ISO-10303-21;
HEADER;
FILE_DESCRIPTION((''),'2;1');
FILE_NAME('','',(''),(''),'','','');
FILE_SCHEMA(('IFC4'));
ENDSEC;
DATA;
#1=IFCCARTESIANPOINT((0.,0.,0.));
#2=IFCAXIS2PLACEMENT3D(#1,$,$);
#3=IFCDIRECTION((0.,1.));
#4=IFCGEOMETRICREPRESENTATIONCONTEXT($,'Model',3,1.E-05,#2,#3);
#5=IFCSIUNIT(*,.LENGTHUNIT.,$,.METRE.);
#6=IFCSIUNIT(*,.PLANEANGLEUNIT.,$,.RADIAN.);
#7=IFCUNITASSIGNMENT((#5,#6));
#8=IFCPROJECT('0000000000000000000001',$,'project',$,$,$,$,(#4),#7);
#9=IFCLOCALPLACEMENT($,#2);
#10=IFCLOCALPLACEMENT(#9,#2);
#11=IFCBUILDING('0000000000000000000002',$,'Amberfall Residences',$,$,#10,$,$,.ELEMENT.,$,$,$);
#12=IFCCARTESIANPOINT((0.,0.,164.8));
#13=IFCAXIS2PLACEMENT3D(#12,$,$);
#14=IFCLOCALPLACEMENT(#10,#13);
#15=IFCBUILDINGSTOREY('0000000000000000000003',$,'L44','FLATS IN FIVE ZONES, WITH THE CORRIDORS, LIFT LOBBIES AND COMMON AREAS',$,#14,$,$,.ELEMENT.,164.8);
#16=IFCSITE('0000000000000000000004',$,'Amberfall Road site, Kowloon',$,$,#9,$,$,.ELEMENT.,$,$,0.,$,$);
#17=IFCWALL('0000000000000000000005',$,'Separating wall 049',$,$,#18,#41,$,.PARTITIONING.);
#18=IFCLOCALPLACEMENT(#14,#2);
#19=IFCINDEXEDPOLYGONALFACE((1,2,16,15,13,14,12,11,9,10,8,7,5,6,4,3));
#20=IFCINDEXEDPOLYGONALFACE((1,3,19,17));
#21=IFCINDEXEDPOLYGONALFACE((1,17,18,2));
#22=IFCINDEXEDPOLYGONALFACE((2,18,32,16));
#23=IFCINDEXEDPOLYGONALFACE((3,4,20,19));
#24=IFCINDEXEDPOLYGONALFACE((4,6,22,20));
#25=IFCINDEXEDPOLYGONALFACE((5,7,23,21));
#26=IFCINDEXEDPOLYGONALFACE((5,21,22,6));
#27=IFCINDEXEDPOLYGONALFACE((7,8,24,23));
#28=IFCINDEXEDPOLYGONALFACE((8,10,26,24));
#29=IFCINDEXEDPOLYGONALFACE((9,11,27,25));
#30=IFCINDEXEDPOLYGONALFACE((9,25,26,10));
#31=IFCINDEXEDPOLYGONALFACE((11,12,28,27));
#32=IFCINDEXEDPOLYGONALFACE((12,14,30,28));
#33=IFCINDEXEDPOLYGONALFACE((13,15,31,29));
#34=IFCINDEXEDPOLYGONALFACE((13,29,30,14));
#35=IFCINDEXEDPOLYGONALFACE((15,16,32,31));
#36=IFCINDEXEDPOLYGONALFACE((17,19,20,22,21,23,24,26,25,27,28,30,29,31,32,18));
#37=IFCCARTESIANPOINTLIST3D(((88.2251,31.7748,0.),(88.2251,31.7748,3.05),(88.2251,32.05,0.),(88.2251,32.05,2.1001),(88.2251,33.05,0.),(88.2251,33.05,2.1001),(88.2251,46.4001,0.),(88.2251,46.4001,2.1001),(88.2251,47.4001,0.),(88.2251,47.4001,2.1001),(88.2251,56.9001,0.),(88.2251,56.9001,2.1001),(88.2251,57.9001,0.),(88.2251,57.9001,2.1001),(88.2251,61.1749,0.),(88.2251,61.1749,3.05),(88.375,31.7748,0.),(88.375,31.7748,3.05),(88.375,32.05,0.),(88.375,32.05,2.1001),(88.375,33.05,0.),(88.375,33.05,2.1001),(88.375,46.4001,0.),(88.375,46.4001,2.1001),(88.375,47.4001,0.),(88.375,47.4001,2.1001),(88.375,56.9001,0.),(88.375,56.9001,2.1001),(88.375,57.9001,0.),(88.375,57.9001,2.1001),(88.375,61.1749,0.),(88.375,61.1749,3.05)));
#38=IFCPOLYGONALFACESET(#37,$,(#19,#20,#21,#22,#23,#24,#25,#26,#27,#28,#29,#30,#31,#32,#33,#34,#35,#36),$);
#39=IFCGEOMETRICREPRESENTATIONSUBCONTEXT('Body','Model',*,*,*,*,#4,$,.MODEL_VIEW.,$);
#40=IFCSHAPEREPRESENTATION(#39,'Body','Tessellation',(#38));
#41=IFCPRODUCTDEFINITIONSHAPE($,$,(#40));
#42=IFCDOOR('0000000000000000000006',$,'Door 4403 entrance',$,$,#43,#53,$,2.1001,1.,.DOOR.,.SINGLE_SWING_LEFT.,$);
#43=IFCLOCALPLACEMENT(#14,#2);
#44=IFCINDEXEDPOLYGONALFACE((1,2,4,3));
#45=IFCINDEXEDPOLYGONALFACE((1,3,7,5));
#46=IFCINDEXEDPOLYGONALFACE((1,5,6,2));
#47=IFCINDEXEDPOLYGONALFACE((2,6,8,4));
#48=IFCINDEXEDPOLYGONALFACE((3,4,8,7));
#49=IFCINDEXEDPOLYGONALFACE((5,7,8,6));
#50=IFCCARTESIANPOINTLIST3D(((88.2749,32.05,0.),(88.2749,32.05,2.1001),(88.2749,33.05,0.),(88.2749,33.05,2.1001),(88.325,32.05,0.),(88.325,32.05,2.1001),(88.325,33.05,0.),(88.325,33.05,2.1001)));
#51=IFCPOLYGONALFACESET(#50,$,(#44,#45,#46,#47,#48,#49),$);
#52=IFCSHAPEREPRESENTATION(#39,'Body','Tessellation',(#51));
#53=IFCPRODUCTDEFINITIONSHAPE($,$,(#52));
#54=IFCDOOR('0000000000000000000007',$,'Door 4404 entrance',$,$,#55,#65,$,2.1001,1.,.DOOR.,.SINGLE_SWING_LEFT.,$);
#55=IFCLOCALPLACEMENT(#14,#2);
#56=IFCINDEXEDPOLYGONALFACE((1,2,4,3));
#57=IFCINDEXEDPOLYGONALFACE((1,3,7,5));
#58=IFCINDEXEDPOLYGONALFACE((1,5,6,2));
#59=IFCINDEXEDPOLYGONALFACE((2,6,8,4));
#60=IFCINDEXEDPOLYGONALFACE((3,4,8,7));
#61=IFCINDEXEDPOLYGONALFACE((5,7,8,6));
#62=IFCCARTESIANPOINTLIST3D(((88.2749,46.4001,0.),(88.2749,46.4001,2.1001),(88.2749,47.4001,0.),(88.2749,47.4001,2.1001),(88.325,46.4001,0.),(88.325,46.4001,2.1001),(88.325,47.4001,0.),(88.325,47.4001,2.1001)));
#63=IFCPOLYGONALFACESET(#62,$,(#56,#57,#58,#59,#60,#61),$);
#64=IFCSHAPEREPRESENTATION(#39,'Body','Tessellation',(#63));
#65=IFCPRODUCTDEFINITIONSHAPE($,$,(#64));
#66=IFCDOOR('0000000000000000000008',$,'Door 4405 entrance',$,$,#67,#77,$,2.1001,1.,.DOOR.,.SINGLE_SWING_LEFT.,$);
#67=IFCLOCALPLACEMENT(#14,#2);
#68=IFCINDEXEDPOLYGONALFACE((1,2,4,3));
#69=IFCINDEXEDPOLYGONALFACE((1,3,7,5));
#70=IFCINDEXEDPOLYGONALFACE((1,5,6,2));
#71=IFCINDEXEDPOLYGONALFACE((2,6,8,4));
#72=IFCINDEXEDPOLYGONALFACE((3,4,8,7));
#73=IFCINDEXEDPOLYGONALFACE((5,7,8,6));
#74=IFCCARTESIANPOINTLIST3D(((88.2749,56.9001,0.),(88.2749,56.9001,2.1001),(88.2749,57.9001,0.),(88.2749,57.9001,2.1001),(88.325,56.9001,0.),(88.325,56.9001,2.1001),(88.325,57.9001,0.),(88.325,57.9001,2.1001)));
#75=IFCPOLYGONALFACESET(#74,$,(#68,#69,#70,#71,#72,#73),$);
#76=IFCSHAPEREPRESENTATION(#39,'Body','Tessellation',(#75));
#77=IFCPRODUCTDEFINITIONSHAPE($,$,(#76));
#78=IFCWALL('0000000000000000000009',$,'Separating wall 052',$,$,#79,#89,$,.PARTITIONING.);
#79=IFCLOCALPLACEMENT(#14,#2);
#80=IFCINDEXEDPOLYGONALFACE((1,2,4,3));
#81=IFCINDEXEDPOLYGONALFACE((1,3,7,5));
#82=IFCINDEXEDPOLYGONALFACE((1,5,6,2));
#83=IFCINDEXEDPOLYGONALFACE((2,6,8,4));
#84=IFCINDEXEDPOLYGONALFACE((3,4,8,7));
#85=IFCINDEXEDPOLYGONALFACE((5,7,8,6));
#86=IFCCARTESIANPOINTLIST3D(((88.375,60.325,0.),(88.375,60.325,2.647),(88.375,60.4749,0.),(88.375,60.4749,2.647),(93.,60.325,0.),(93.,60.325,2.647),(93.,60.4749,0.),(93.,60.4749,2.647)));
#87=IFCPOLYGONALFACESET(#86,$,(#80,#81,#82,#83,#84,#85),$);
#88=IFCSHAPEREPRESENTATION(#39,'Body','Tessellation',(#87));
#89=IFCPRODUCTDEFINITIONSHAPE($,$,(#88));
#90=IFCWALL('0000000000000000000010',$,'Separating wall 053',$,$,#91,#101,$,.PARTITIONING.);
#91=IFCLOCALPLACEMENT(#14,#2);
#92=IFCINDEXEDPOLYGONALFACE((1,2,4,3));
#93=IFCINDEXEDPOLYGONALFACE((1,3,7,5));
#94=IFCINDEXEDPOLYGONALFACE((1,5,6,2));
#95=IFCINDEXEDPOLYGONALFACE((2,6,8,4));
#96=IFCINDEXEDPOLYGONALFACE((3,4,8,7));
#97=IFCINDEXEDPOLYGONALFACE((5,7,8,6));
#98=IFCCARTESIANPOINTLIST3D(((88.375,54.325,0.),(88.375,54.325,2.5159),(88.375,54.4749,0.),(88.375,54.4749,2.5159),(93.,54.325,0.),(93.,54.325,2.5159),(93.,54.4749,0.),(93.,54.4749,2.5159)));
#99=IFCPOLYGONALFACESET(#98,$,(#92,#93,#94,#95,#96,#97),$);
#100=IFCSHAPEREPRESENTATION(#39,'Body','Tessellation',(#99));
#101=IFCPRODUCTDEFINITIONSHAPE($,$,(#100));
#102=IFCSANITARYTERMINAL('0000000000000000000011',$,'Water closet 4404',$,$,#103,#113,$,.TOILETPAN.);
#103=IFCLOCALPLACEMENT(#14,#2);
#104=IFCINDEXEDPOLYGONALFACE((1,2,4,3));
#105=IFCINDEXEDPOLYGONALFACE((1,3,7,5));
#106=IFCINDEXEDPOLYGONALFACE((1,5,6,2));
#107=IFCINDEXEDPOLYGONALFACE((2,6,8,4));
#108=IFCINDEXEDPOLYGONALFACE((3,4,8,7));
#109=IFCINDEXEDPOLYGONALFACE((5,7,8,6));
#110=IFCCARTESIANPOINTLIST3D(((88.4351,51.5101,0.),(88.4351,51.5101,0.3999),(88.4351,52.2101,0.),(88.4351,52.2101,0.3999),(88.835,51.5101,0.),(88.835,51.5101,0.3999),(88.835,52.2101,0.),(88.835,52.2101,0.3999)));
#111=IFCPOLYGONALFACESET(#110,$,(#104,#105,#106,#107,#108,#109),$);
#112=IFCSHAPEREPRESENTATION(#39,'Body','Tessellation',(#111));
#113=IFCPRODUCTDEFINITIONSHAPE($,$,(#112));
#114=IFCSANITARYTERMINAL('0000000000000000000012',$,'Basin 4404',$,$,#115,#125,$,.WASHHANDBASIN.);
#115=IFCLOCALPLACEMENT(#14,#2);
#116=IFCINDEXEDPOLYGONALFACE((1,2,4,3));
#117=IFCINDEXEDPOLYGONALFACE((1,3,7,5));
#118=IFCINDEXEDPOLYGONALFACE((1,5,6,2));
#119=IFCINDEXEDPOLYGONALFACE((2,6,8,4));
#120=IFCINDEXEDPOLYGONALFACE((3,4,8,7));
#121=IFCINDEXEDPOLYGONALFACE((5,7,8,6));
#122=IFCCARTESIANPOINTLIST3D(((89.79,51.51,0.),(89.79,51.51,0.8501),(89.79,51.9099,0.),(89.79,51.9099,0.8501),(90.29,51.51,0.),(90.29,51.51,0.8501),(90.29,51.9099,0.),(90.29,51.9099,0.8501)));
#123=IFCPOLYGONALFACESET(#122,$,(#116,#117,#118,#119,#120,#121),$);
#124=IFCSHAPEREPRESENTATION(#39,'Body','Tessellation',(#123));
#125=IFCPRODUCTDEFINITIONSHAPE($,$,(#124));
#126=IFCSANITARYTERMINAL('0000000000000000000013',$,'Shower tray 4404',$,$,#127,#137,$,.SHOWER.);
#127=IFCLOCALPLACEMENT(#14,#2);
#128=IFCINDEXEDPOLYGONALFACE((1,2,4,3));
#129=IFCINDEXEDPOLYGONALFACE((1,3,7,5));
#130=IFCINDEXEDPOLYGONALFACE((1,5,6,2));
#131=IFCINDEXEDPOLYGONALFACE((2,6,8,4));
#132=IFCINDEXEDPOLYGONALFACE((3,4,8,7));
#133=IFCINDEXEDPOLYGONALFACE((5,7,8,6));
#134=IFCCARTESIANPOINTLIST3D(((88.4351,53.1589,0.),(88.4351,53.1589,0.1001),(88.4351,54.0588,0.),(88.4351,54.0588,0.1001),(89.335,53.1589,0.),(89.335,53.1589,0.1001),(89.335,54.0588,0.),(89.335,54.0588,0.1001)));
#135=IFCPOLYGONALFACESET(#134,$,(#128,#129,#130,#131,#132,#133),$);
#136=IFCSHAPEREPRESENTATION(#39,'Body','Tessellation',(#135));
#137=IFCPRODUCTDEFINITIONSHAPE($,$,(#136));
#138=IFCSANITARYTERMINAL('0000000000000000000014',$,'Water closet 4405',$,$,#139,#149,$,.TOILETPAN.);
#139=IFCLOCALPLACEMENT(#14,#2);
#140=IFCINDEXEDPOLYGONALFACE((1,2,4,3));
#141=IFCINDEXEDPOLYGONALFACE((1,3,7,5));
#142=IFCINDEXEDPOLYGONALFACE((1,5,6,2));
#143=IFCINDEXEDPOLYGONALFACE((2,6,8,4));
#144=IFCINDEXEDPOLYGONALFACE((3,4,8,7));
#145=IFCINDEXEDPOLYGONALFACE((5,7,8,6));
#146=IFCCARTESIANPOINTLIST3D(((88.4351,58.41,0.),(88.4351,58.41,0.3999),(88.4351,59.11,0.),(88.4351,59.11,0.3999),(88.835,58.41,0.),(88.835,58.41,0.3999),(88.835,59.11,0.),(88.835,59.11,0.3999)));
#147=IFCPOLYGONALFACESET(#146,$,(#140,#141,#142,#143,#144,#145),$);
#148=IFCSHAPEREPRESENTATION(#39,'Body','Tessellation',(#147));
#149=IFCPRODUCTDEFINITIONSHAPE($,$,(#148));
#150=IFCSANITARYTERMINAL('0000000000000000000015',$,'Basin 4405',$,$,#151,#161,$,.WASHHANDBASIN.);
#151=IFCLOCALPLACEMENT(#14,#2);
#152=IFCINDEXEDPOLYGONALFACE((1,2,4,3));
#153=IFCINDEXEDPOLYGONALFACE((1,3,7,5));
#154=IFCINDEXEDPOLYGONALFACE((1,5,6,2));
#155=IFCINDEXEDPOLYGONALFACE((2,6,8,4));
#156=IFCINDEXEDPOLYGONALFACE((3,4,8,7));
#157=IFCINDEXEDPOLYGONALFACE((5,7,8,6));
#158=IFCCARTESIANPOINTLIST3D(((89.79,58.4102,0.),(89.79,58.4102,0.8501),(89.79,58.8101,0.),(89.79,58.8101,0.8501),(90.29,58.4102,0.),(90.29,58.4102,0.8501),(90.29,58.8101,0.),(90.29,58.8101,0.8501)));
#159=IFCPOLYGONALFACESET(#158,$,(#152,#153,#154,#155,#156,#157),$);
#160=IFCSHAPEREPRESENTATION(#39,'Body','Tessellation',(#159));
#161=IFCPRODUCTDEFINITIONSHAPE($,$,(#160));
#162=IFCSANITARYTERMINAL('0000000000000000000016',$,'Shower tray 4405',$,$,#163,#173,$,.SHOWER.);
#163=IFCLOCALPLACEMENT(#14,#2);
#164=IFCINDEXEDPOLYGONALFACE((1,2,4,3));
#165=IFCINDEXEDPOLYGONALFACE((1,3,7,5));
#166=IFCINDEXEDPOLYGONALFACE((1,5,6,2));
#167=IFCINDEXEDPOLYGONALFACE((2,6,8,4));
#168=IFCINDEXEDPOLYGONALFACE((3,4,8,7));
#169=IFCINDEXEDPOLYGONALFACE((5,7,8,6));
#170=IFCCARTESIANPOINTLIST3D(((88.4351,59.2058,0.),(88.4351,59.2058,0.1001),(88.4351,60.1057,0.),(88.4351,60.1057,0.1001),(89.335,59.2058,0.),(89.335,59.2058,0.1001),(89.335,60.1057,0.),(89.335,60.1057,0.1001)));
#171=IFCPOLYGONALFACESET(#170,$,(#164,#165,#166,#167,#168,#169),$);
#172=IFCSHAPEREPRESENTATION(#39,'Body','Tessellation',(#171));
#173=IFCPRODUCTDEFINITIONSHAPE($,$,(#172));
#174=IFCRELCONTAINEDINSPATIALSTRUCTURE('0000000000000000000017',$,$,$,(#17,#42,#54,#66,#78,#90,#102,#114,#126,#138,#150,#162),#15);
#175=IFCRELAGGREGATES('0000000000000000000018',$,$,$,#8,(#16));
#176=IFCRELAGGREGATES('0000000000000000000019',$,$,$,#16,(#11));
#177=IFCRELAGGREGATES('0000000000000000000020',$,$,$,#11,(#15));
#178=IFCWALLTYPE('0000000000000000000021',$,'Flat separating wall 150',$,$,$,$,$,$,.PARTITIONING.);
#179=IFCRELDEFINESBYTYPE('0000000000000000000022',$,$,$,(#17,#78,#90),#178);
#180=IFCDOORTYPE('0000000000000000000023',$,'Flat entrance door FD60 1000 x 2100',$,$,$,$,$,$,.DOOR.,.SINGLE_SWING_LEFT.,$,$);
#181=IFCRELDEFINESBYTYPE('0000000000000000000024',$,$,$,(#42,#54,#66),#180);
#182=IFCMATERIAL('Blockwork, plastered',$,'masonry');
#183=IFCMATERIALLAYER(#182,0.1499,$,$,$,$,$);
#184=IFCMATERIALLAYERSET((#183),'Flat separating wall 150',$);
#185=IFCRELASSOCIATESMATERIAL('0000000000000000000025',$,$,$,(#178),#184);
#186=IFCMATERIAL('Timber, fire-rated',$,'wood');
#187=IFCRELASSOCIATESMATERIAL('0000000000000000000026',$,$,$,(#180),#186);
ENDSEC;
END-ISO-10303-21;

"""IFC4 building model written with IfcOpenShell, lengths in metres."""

from ifc_helpers import new_model, si_unit, direction, frame, frame_2d, origin, origin_2d, place, context, subcontext, project, spatial, rectangle, extrude, material, layer, layer_set, type_object, element, fill, save


model = new_model("IFC4")

# Units and contexts
model_context = context("Model", 3, precision=1e-05, world=origin(), true_north=direction((0.0, 1.0)))
body_context = subcontext(model_context, "Body", "Model", "MODEL_VIEW")
ifc_project = project(units=[si_unit("LENGTHUNIT", "METRE"), si_unit("PLANEANGLEUNIT", "RADIAN")], contexts=[model_context])

# Site, building, storey
site_placement = place(None, origin())
site = spatial("IfcSite", under=ifc_project, at=site_placement, Name="Amberfall Road site, Kowloon", CompositionType="ELEMENT", RefElevation=0.0)
building_placement = place(site_placement, origin())
building = spatial("IfcBuilding", under=site, at=building_placement, Name="Amberfall Residences", CompositionType="ELEMENT")
storey_placement = place(building_placement, frame((0.0, 0.0, 164.8)))
storey = spatial("IfcBuildingStorey", under=building, at=storey_placement, Name="L44", Description="FLATS IN FIVE ZONES, WITH THE CORRIDORS, LIFT LOBBIES AND COMMON AREAS", CompositionType="ELEMENT", Elevation=164.8)

# Wall, openings, doors
ifc_material_1 = material(Name="Blockwork, plastered", Category="masonry")
ifc_layer_1 = layer(ifc_material_1, 0.1499)
ifc_layer_set_1 = layer_set([ifc_layer_1], Name="Flat separating wall 150")
wall_type_1 = type_object("IfcWallType", Name="Flat separating wall 150", PredefinedType="PARTITIONING", material=ifc_layer_set_1)
wall_1_placement = place(storey_placement, frame((88.3, 61.175, 0.0), z_axis=(0.0, 0.0, 1.0), x_axis=(0.0, -1.0, 0.0)))
wall_1 = element("IfcWall", 1, at=wall_1_placement, inside=storey, type_object=wall_type_1, Name="Separating wall 049", PredefinedType="PARTITIONING", context=body_context, shape_type="SweptSolid", body=[
    extrude(rectangle(XDim=29.4001, YDim=0.1499, at=frame_2d((14.7002, 0.0))), origin(), (0.0, 0.0, 1.0), 3.05),
])
opening_1_placement = place(wall_1_placement, frame((28.125, 0.0, 0.0)))
opening_1 = element("IfcOpeningElement", 2, at=opening_1_placement, cuts=wall_1, PredefinedType="OPENING", context=body_context, shape_type="SweptSolid", body=[
    extrude(rectangle(XDim=1.0, YDim=2.1001, at=frame_2d((0.5, 1.05))), frame((0.0, 0.085, 0.0), z_axis=(0.0, -1.0, 0.0), x_axis=(1.0, 0.0, 0.0)), (0.0, 0.0, 1.0), 0.1699),
])
opening_2_placement = place(wall_1_placement, frame((13.7749, 0.0, 0.0)))
opening_2 = element("IfcOpeningElement", 3, at=opening_2_placement, cuts=wall_1, PredefinedType="OPENING", context=body_context, shape_type="SweptSolid", body=[
    extrude(rectangle(XDim=1.0, YDim=2.1001, at=frame_2d((0.5, 1.05))), frame((0.0, 0.085, 0.0), z_axis=(0.0, -1.0, 0.0), x_axis=(1.0, 0.0, 0.0)), (0.0, 0.0, 1.0), 0.1699),
])
opening_3_placement = place(wall_1_placement, frame((3.2749, 0.0, 0.0)))
opening_3 = element("IfcOpeningElement", 4, at=opening_3_placement, cuts=wall_1, PredefinedType="OPENING", context=body_context, shape_type="SweptSolid", body=[
    extrude(rectangle(XDim=1.0, YDim=2.1001, at=frame_2d((0.5, 1.05))), frame((0.0, 0.085, 0.0), z_axis=(0.0, -1.0, 0.0), x_axis=(1.0, 0.0, 0.0)), (0.0, 0.0, 1.0), 0.1699),
])
ifc_material_2 = material(Name="Timber, fire-rated", Category="wood")
door_type_1 = type_object("IfcDoorType", Name="Flat entrance door FD60 1000 x 2100", OperationType="SINGLE_SWING_LEFT", PredefinedType="DOOR", material=ifc_material_2)
door_1_placement = place(opening_1_placement, origin())
door_1 = element("IfcDoor", 5, at=door_1_placement, inside=storey, type_object=door_type_1, Name="Door 4403 entrance", OperationType="SINGLE_SWING_LEFT", OverallHeight=2.1001, OverallWidth=1.0, PredefinedType="DOOR", context=body_context, shape_type="SweptSolid", body=[
    extrude(rectangle(XDim=1.0, YDim=2.1001, at=frame_2d((0.5, 1.05))), frame((0.0, 0.0249, 0.0), z_axis=(0.0, -1.0, 0.0), x_axis=(1.0, 0.0, 0.0)), (0.0, 0.0, 1.0), 0.05),
])
fill(opening_1, door_1)
door_2_placement = place(opening_2_placement, origin())
door_2 = element("IfcDoor", 6, at=door_2_placement, inside=storey, type_object=door_type_1, Name="Door 4404 entrance", OperationType="SINGLE_SWING_LEFT", OverallHeight=2.1001, OverallWidth=1.0, PredefinedType="DOOR", context=body_context, shape_type="SweptSolid", body=[
    extrude(rectangle(XDim=1.0, YDim=2.1001, at=frame_2d((0.5, 1.05))), frame((0.0, 0.0249, 0.0), z_axis=(0.0, -1.0, 0.0), x_axis=(1.0, 0.0, 0.0)), (0.0, 0.0, 1.0), 0.05),
])
fill(opening_2, door_2)
door_3_placement = place(opening_3_placement, origin())
door_3 = element("IfcDoor", 7, at=door_3_placement, inside=storey, type_object=door_type_1, Name="Door 4405 entrance", OperationType="SINGLE_SWING_LEFT", OverallHeight=2.1001, OverallWidth=1.0, PredefinedType="DOOR", context=body_context, shape_type="SweptSolid", body=[
    extrude(rectangle(XDim=1.0, YDim=2.1001, at=frame_2d((0.5, 1.05))), frame((0.0, 0.0249, 0.0), z_axis=(0.0, -1.0, 0.0), x_axis=(1.0, 0.0, 0.0)), (0.0, 0.0, 1.0), 0.05),
])
fill(opening_3, door_3)

# Walls
wall_2_placement = place(storey_placement, frame((88.375, 60.3999, 0.0), z_axis=(0.0, 0.0, 1.0), x_axis=(1.0, 0.0, 0.0)))
element("IfcWall", 8, at=wall_2_placement, inside=storey, type_object=wall_type_1, Name="Separating wall 052", PredefinedType="PARTITIONING", context=body_context, shape_type="SweptSolid", body=[
    extrude(rectangle(XDim=4.625, YDim=0.1499, at=frame_2d((2.3125, 0.0))), origin(), (0.0, 0.0, 1.0), 2.647),
])
wall_3_placement = place(storey_placement, frame((88.375, 54.3999, 0.0), z_axis=(0.0, 0.0, 1.0), x_axis=(1.0, 0.0, 0.0)))
element("IfcWall", 9, at=wall_3_placement, inside=storey, type_object=wall_type_1, Name="Separating wall 053", PredefinedType="PARTITIONING", context=body_context, shape_type="SweptSolid", body=[
    extrude(rectangle(XDim=4.625, YDim=0.1499, at=frame_2d((2.3125, 0.0))), origin(), (0.0, 0.0, 1.0), 2.5159),
])

# Sanitary terminals
sanitary_terminal_1_placement = place(storey_placement, frame((88.635, 51.8601, 0.0), z_axis=(0.0, 0.0, 1.0), x_axis=(1.0, 0.0, 0.0)))
element("IfcSanitaryTerminal", 10, at=sanitary_terminal_1_placement, inside=storey, Name="Water closet 4404", PredefinedType="TOILETPAN", context=body_context, shape_type="SweptSolid", body=[
    extrude(rectangle(XDim=0.3999, YDim=0.7, at=origin_2d()), origin(), (0.0, 0.0, 1.0), 0.3999),
])
sanitary_terminal_2_placement = place(storey_placement, frame((90.04, 51.71, 0.0), z_axis=(0.0, 0.0, 1.0), x_axis=(1.0, 0.0, 0.0)))
element("IfcSanitaryTerminal", 11, at=sanitary_terminal_2_placement, inside=storey, Name="Basin 4404", PredefinedType="WASHHANDBASIN", context=body_context, shape_type="SweptSolid", body=[
    extrude(rectangle(XDim=0.5, YDim=0.3999, at=origin_2d()), origin(), (0.0, 0.0, 1.0), 0.8501),
])
sanitary_terminal_3_placement = place(storey_placement, frame((88.885, 53.6089, 0.0), z_axis=(0.0, 0.0, 1.0), x_axis=(1.0, 0.0, 0.0)))
element("IfcSanitaryTerminal", 12, at=sanitary_terminal_3_placement, inside=storey, Name="Shower tray 4404", PredefinedType="SHOWER", context=body_context, shape_type="SweptSolid", body=[
    extrude(rectangle(XDim=0.8999, YDim=0.8999, at=origin_2d()), origin(), (0.0, 0.0, 1.0), 0.1001),
])
sanitary_terminal_4_placement = place(storey_placement, frame((88.635, 58.76, 0.0), z_axis=(0.0, 0.0, 1.0), x_axis=(1.0, 0.0, 0.0)))
element("IfcSanitaryTerminal", 13, at=sanitary_terminal_4_placement, inside=storey, Name="Water closet 4405", PredefinedType="TOILETPAN", context=body_context, shape_type="SweptSolid", body=[
    extrude(rectangle(XDim=0.3999, YDim=0.7, at=origin_2d()), origin(), (0.0, 0.0, 1.0), 0.3999),
])
sanitary_terminal_5_placement = place(storey_placement, frame((90.04, 58.6101, 0.0), z_axis=(0.0, 0.0, 1.0), x_axis=(1.0, 0.0, 0.0)))
element("IfcSanitaryTerminal", 14, at=sanitary_terminal_5_placement, inside=storey, Name="Basin 4405", PredefinedType="WASHHANDBASIN", context=body_context, shape_type="SweptSolid", body=[
    extrude(rectangle(XDim=0.5, YDim=0.3999, at=origin_2d()), origin(), (0.0, 0.0, 1.0), 0.8501),
])
sanitary_terminal_6_placement = place(storey_placement, frame((88.885, 59.6558, 0.0), z_axis=(0.0, 0.0, 1.0), x_axis=(1.0, 0.0, 0.0)))
element("IfcSanitaryTerminal", 15, at=sanitary_terminal_6_placement, inside=storey, Name="Shower tray 4405", PredefinedType="SHOWER", context=body_context, shape_type="SweptSolid", body=[
    extrude(rectangle(XDim=0.8999, YDim=0.8999, at=origin_2d()), origin(), (0.0, 0.0, 1.0), 0.1001),
])

save(model, "model.ifc")
